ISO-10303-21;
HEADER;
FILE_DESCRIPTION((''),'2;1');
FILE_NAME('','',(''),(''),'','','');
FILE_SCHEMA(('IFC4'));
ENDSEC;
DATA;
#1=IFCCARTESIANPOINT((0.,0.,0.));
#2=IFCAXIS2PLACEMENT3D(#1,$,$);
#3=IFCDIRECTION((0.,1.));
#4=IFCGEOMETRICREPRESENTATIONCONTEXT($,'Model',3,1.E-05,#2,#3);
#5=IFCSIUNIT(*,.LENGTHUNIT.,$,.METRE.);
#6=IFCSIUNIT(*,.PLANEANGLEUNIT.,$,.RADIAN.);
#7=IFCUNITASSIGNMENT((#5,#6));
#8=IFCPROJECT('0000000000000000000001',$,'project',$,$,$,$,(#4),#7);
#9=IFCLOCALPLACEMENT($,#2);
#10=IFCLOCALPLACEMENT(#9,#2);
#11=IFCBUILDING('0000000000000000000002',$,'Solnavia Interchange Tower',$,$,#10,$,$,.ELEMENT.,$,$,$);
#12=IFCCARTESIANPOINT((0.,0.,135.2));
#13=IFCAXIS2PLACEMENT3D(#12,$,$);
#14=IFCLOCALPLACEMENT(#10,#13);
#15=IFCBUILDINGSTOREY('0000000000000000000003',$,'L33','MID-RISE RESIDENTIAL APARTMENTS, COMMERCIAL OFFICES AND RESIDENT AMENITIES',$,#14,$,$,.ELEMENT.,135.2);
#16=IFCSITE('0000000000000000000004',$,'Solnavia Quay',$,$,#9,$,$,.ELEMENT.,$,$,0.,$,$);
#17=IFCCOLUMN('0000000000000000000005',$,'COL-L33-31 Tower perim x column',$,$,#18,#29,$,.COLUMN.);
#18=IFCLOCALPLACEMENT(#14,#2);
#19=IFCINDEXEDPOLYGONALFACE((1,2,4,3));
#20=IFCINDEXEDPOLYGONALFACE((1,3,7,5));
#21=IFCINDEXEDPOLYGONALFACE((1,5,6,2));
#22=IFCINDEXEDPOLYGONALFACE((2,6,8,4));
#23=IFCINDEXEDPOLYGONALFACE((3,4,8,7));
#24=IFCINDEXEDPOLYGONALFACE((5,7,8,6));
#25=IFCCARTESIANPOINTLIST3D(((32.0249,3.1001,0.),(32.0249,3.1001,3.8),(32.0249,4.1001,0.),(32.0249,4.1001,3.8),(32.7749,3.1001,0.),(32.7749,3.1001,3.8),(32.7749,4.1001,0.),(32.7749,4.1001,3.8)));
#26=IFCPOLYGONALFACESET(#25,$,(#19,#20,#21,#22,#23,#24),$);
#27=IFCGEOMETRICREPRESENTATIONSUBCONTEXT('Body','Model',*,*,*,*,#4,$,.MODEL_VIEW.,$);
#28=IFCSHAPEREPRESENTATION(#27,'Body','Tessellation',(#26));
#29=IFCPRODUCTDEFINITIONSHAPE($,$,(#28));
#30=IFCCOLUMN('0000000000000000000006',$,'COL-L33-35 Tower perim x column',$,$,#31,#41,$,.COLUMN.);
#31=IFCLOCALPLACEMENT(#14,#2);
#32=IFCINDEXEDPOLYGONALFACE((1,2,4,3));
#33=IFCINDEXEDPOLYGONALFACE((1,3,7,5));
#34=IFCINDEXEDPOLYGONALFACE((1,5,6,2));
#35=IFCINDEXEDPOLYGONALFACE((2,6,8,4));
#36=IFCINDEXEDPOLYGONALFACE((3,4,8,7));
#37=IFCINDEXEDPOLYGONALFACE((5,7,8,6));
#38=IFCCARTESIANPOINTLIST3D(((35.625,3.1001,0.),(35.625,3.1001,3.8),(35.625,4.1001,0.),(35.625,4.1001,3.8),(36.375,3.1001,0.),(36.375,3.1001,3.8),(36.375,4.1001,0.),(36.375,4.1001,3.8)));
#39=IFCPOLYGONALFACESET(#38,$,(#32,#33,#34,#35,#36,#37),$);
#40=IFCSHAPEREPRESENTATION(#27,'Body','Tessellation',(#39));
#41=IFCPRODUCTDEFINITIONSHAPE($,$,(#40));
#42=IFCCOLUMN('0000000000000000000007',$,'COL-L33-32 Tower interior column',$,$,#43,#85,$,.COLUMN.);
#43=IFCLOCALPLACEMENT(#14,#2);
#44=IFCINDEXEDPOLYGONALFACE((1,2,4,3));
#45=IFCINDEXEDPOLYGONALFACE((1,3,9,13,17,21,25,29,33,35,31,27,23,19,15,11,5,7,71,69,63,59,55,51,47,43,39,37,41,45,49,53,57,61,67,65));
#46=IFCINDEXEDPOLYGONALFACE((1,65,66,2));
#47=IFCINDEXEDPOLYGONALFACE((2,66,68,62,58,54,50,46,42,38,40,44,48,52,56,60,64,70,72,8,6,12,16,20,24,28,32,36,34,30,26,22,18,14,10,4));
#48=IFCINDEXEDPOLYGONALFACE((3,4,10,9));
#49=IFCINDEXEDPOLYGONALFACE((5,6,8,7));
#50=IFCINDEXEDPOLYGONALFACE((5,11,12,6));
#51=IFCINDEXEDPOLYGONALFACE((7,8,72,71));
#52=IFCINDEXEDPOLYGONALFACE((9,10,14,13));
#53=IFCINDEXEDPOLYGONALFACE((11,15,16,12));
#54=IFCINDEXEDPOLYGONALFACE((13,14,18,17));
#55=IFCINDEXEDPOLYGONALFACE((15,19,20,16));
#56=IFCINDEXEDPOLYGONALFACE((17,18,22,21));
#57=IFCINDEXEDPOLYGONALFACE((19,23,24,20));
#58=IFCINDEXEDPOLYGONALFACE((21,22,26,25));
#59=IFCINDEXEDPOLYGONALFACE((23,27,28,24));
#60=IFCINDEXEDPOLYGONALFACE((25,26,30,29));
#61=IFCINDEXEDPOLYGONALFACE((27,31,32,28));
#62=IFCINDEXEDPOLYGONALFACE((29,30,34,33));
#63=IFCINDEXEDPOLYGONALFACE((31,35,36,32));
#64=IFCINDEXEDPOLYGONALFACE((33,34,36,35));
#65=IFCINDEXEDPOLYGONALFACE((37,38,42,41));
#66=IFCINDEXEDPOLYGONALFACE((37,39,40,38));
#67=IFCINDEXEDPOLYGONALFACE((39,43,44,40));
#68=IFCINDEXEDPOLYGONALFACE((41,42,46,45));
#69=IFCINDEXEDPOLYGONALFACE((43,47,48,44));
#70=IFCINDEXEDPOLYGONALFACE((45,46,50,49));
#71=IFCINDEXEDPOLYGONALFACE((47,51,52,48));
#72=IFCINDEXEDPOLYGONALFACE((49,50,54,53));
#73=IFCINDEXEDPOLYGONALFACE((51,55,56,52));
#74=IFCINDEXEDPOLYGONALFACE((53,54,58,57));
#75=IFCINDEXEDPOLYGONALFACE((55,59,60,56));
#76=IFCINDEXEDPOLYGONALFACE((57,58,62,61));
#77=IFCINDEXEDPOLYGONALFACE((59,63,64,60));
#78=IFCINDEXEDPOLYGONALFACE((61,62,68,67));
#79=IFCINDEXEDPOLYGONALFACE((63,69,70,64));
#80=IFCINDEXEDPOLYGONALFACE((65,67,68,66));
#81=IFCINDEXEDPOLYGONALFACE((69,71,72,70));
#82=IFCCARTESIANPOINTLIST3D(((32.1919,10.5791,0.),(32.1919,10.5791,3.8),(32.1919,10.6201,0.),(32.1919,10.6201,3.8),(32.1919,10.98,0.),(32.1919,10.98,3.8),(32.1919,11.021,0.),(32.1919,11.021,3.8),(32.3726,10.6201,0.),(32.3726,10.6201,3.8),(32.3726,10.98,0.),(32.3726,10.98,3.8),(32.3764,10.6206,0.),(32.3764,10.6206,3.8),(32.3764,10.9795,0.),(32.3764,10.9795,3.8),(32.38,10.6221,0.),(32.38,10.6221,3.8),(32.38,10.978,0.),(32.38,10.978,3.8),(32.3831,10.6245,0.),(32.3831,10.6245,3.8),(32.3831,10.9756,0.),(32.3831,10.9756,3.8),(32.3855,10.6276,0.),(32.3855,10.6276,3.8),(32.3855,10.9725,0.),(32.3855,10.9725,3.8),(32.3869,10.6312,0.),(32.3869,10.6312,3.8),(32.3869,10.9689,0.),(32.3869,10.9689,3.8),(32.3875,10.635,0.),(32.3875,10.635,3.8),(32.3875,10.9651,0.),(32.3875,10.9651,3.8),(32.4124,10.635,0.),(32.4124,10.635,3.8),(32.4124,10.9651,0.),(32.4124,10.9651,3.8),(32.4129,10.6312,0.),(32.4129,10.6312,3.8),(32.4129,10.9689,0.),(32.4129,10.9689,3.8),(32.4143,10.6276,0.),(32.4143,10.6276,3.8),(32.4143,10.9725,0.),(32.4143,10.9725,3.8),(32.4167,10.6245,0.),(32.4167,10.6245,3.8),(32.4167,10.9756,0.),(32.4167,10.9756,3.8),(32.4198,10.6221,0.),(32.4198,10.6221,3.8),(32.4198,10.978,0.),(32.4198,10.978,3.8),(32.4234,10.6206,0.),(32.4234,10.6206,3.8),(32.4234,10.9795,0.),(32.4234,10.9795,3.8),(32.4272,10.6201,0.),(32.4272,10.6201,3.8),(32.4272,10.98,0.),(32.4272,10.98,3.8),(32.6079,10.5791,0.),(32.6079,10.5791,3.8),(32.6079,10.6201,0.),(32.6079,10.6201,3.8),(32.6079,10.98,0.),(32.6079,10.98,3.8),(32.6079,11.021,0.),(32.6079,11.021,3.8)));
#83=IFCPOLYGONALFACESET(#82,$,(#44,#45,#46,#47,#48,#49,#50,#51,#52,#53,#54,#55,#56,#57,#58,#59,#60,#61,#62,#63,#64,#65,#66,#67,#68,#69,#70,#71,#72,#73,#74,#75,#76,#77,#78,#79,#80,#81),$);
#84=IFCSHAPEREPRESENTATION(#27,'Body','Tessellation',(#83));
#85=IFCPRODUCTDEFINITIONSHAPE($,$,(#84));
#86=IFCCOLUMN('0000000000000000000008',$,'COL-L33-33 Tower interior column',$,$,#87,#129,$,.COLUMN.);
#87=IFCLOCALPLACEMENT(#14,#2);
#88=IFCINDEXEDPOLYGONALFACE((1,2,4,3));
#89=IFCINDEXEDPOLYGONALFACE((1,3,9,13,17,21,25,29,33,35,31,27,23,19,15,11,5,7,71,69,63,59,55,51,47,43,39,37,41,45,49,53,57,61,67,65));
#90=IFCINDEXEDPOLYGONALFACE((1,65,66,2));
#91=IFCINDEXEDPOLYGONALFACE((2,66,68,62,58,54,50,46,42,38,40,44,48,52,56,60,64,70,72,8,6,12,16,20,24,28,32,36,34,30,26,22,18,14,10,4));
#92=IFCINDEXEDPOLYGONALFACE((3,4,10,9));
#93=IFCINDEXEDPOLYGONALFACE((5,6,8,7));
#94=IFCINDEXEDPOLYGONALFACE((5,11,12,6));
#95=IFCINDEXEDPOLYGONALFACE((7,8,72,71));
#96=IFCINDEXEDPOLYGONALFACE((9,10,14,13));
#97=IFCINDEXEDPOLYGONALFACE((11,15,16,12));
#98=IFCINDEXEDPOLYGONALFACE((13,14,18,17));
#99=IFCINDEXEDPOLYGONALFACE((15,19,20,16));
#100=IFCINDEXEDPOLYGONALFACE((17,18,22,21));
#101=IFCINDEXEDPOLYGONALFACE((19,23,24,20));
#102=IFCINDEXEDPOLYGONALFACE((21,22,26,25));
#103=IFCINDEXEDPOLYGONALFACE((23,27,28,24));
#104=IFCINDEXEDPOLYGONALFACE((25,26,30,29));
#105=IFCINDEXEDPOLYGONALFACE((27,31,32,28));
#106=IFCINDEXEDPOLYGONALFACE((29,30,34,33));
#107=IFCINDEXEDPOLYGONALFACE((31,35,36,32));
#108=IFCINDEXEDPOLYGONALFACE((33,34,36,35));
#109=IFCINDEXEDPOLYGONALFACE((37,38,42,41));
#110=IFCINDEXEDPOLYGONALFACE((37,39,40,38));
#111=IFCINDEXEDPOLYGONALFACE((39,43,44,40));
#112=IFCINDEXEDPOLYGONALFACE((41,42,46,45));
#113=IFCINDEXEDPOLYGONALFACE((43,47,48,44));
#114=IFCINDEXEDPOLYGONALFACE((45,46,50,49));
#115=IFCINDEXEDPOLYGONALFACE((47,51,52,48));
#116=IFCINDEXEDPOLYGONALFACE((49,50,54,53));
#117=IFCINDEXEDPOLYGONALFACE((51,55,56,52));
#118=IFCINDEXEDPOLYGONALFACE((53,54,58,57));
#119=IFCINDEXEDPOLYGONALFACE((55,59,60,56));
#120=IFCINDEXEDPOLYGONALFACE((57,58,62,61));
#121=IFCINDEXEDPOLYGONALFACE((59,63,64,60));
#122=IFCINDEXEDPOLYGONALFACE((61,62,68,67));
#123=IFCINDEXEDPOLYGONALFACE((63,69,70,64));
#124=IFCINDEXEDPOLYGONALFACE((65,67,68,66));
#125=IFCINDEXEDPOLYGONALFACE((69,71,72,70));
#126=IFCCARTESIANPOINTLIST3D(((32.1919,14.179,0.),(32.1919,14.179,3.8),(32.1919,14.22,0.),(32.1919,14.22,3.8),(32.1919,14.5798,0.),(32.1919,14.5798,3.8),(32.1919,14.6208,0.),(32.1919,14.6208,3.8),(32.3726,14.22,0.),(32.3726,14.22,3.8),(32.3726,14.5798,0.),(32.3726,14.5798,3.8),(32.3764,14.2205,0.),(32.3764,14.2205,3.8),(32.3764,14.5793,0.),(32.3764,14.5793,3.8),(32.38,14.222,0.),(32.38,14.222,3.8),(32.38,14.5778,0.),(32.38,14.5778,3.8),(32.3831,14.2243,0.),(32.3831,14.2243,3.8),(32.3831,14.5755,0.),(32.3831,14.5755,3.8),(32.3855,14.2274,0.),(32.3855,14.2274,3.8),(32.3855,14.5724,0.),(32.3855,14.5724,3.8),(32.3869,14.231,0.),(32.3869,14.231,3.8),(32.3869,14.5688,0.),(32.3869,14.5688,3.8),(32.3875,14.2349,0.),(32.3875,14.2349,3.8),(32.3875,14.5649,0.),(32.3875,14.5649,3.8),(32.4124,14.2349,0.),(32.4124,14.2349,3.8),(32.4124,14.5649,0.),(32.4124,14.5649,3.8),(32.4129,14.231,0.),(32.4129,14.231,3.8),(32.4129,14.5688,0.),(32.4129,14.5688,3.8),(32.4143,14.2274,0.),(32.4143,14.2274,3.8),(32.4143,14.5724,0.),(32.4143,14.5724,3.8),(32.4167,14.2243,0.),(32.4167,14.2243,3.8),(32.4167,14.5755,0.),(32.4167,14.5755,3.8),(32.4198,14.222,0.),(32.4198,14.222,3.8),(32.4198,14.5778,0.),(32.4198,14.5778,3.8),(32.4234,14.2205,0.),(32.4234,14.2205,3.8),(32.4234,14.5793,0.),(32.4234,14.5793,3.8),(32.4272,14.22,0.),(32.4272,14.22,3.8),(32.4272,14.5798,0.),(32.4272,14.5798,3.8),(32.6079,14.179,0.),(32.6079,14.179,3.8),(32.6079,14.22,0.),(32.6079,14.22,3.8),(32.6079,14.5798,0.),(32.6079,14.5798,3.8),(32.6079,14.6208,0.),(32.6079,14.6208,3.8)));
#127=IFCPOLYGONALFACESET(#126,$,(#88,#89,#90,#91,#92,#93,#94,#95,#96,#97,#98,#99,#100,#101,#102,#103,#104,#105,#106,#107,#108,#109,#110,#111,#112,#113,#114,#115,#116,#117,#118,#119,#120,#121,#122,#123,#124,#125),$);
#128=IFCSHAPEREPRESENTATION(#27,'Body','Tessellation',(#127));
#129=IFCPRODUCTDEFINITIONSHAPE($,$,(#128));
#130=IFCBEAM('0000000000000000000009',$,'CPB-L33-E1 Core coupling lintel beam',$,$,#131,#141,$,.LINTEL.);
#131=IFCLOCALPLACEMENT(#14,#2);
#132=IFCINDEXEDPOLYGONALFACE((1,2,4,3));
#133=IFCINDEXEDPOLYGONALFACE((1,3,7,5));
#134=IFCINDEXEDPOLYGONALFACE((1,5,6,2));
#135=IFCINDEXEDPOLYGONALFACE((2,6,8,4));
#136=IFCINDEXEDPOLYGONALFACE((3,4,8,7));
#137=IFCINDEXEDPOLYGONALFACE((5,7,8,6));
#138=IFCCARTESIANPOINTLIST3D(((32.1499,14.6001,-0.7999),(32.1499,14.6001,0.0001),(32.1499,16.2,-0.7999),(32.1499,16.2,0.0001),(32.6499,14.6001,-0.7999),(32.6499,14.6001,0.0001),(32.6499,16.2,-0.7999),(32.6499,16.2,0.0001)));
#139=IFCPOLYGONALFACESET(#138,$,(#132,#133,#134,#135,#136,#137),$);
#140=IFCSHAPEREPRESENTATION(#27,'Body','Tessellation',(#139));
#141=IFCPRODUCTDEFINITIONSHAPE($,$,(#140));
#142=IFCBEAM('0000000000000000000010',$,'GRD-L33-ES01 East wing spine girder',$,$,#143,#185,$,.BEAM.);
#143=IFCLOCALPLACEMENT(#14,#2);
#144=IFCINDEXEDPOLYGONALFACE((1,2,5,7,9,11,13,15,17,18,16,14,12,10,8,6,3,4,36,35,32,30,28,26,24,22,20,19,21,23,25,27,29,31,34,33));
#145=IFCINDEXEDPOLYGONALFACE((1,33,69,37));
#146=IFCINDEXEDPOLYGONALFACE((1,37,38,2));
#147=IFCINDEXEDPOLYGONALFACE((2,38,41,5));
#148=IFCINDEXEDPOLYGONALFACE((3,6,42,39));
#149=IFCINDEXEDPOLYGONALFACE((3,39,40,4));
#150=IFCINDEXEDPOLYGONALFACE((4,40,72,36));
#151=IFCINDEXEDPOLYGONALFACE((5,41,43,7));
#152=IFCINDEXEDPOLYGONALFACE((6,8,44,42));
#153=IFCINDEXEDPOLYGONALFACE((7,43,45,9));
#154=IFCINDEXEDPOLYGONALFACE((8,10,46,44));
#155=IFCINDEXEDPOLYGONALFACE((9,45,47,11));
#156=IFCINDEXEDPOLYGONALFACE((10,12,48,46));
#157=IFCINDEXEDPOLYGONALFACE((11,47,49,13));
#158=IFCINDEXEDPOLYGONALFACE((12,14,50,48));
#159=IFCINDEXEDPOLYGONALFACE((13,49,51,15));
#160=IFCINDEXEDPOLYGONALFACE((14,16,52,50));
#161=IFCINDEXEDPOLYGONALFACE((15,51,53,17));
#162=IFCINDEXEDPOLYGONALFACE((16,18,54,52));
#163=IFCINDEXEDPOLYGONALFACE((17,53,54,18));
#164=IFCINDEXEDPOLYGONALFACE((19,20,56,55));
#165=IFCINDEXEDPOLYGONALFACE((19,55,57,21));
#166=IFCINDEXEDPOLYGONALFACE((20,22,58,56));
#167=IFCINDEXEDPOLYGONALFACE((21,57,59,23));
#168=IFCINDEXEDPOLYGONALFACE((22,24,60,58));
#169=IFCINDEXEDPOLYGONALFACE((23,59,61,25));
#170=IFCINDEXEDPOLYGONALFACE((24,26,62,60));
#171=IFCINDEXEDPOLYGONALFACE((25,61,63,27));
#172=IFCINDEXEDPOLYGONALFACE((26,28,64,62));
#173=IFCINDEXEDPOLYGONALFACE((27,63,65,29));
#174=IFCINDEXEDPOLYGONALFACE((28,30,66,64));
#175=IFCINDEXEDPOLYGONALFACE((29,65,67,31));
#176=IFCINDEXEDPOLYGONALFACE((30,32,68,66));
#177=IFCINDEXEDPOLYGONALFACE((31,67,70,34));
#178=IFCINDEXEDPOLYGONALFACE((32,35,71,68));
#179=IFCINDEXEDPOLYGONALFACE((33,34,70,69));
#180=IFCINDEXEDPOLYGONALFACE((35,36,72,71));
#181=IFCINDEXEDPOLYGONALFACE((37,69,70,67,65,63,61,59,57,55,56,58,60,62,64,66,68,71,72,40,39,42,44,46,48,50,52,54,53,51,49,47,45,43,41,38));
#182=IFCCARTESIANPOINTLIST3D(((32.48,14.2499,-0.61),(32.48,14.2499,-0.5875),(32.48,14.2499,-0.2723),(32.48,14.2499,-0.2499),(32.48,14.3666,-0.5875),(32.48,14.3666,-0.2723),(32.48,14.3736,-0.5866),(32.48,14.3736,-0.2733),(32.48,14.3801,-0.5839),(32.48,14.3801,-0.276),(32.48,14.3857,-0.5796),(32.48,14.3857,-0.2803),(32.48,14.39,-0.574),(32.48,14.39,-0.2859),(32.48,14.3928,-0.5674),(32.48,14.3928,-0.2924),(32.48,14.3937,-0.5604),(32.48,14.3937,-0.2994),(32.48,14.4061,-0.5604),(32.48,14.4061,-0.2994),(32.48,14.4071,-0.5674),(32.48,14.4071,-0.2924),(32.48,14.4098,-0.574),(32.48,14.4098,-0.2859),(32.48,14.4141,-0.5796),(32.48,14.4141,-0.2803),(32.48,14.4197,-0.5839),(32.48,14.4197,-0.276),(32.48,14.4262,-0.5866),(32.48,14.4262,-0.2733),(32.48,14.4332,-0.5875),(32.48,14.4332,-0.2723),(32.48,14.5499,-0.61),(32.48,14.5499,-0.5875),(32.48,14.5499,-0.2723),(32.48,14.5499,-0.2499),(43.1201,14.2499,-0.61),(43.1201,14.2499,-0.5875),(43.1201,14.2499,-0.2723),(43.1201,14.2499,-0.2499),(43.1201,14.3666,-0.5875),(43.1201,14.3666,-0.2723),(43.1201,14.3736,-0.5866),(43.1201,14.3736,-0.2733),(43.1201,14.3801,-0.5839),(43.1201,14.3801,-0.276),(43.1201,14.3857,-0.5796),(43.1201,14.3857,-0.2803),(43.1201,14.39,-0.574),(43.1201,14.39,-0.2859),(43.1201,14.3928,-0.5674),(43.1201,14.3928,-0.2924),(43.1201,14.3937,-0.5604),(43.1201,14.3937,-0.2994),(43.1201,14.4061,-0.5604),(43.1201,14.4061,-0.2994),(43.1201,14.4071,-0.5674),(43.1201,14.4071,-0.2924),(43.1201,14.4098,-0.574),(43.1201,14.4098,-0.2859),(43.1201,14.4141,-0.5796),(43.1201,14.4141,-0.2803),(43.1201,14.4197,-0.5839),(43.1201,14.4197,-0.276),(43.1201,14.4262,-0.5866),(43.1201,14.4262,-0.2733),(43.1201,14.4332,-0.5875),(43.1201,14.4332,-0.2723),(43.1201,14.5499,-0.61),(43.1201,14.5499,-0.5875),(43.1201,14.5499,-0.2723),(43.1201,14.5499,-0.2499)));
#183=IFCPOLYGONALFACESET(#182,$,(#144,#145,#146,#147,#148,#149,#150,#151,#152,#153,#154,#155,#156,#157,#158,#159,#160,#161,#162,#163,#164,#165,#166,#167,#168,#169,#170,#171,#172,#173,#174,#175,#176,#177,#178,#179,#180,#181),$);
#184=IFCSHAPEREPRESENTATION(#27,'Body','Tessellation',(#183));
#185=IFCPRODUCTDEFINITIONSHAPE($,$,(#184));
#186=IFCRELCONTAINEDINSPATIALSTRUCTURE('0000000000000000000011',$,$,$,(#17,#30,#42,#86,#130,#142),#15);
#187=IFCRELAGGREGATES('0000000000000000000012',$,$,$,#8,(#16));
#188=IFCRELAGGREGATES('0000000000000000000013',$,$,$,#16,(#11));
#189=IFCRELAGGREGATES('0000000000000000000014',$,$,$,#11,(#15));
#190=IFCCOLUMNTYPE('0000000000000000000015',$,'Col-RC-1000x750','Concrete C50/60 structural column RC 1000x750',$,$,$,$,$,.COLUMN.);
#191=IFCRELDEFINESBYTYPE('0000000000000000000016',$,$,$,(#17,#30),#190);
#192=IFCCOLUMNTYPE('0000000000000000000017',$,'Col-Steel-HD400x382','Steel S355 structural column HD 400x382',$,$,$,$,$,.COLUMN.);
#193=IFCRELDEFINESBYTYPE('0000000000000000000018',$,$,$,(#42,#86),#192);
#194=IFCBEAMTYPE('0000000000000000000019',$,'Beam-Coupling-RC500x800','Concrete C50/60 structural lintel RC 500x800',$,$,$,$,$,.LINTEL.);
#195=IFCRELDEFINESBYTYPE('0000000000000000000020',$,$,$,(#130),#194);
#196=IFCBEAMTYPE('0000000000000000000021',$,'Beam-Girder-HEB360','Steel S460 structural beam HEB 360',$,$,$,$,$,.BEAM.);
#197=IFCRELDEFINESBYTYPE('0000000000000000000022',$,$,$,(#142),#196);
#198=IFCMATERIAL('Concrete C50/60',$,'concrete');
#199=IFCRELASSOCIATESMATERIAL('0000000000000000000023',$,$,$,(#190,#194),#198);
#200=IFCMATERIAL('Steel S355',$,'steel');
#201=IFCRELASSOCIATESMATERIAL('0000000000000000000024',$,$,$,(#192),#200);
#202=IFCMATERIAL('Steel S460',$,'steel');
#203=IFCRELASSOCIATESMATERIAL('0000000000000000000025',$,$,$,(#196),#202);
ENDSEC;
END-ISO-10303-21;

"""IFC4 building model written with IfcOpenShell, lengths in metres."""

from ifc_helpers import new_model, si_unit, direction, frame, origin, origin_2d, place, context, subcontext, project, spatial, rectangle, i_section, extrude, material, material_profile, profile_set, type_object, element, save


model = new_model("IFC4")

# Units and contexts
model_context = context("Model", 3, precision=1e-05, world=origin(), true_north=direction((0.0, 1.0)))
body_context = subcontext(model_context, "Body", "Model", "MODEL_VIEW")
ifc_project = project(units=[si_unit("LENGTHUNIT", "METRE"), si_unit("PLANEANGLEUNIT", "RADIAN")], contexts=[model_context])

# Site, building, storey
site_placement = place(None, origin())
site = spatial("IfcSite", under=ifc_project, at=site_placement, Name="Solnavia Quay", CompositionType="ELEMENT", RefElevation=0.0)
building_placement = place(site_placement, origin())
building = spatial("IfcBuilding", under=site, at=building_placement, Name="Solnavia Interchange Tower", CompositionType="ELEMENT")
storey_placement = place(building_placement, frame((0.0, 0.0, 135.2)))
storey = spatial("IfcBuildingStorey", under=building, at=storey_placement, Name="L33", Description="MID-RISE RESIDENTIAL APARTMENTS, COMMERCIAL OFFICES AND RESIDENT AMENITIES", CompositionType="ELEMENT", Elevation=135.2)

# Columns
ifc_material_1 = material(Name="Concrete C50/60", Category="concrete")
ifc_material_profile_1 = material_profile(ifc_material_1, rectangle(XDim=0.75, YDim=1.0, at=origin_2d()), Name="RC 1000x750")
ifc_profile_set_1 = profile_set([ifc_material_profile_1], Name="Concrete C50/60")
column_type_1 = type_object("IfcColumnType", Name="Col-RC-1000x750", Description="Concrete C50/60 structural column RC 1000x750", PredefinedType="COLUMN", material=ifc_profile_set_1)
for number, where, z_axis, x_axis, name in (
    (1, (32.3999, 3.6001, 0.0), (0.0, 0.0, 1.0), (1.0, 0.0, 0.0), "COL-L33-31 Tower perim x column"),
    (2, (36.0, 3.6001, 0.0), (0.0, 0.0, 1.0), (1.0, 0.0, 0.0), "COL-L33-35 Tower perim x column"),
):
    element("IfcColumn", number, at=place(storey_placement, frame(where, z_axis=z_axis, x_axis=x_axis)), inside=storey, type_object=column_type_1, Name=name, PredefinedType="COLUMN", context=body_context, shape_type="SweptSolid", body=[
        extrude(rectangle(XDim=0.75, YDim=1.0, at=origin_2d()), origin(), (0.0, 0.0, 1.0), 3.8),
    ])
ifc_material_2 = material(Name="Steel S355", Category="steel")
ifc_material_profile_2 = material_profile(ifc_material_2, i_section(OverallWidth=0.416, OverallDepth=0.4419, WebThickness=0.0249, FlangeThickness=0.041, FilletRadius=0.0149, at=origin_2d()), Name="HD 400x382")
ifc_profile_set_2 = profile_set([ifc_material_profile_2], Name="Steel S355")
column_type_2 = type_object("IfcColumnType", Name="Col-Steel-HD400x382", Description="Steel S355 structural column HD 400x382", PredefinedType="COLUMN", material=ifc_profile_set_2)
for number, where, z_axis, x_axis, name in (
    (3, (32.3999, 10.8, 0.0), (0.0, 0.0, 1.0), (1.0, 0.0, 0.0), "COL-L33-32 Tower interior column"),
    (4, (32.3999, 14.3999, 0.0), (0.0, 0.0, 1.0), (1.0, 0.0, 0.0), "COL-L33-33 Tower interior column"),
):
    element("IfcColumn", number, at=place(storey_placement, frame(where, z_axis=z_axis, x_axis=x_axis)), inside=storey, type_object=column_type_2, Name=name, PredefinedType="COLUMN", context=body_context, shape_type="SweptSolid", body=[
        extrude(i_section(OverallWidth=0.416, OverallDepth=0.4419, WebThickness=0.0249, FlangeThickness=0.041, FilletRadius=0.0149, at=origin_2d()), origin(), (0.0, 0.0, 1.0), 3.8),
    ])

# Beams
ifc_material_profile_3 = material_profile(ifc_material_1, rectangle(XDim=0.5, YDim=0.8, at=origin_2d()), Name="RC 500x800")
ifc_profile_set_3 = profile_set([ifc_material_profile_3], Name="Concrete C50/60")
beam_type_1 = type_object("IfcBeamType", Name="Beam-Coupling-RC500x800", Description="Concrete C50/60 structural lintel RC 500x800", PredefinedType="LINTEL", material=ifc_profile_set_3)
beam_1_placement = place(storey_placement, frame((32.3999, 14.6001, -0.3999), z_axis=(0.0, 1.0, 0.0), x_axis=(-1.0, 0.0, 0.0)))
element("IfcBeam", 5, at=beam_1_placement, inside=storey, type_object=beam_type_1, Name="CPB-L33-E1 Core coupling lintel beam", PredefinedType="LINTEL", context=body_context, shape_type="SweptSolid", body=[
    extrude(rectangle(XDim=0.5, YDim=0.8, at=origin_2d()), origin(), (0.0, 0.0, 1.0), 1.5999),
])
ifc_material_3 = material(Name="Steel S460", Category="steel")
ifc_material_profile_4 = material_profile(ifc_material_3, i_section(OverallWidth=0.3, OverallDepth=0.3601, WebThickness=0.0125, FlangeThickness=0.0225, FilletRadius=0.0271, at=origin_2d()), Name="HEB 360")
ifc_profile_set_4 = profile_set([ifc_material_profile_4], Name="Steel S460")
beam_type_2 = type_object("IfcBeamType", Name="Beam-Girder-HEB360", Description="Steel S460 structural beam HEB 360", PredefinedType="BEAM", material=ifc_profile_set_4)
beam_2_placement = place(storey_placement, frame((32.48, 14.3999, -0.4299), z_axis=(1.0, 0.0, 0.0), x_axis=(0.0, 1.0, 0.0)))
element("IfcBeam", 6, at=beam_2_placement, inside=storey, type_object=beam_type_2, Name="GRD-L33-ES01 East wing spine girder", PredefinedType="BEAM", context=body_context, shape_type="SweptSolid", body=[
    extrude(i_section(OverallWidth=0.3, OverallDepth=0.3601, WebThickness=0.0125, FlangeThickness=0.0225, FilletRadius=0.0271, at=origin_2d()), origin(), (0.0, 0.0, 1.0), 10.6401),
])

save(model, "model.ifc")
